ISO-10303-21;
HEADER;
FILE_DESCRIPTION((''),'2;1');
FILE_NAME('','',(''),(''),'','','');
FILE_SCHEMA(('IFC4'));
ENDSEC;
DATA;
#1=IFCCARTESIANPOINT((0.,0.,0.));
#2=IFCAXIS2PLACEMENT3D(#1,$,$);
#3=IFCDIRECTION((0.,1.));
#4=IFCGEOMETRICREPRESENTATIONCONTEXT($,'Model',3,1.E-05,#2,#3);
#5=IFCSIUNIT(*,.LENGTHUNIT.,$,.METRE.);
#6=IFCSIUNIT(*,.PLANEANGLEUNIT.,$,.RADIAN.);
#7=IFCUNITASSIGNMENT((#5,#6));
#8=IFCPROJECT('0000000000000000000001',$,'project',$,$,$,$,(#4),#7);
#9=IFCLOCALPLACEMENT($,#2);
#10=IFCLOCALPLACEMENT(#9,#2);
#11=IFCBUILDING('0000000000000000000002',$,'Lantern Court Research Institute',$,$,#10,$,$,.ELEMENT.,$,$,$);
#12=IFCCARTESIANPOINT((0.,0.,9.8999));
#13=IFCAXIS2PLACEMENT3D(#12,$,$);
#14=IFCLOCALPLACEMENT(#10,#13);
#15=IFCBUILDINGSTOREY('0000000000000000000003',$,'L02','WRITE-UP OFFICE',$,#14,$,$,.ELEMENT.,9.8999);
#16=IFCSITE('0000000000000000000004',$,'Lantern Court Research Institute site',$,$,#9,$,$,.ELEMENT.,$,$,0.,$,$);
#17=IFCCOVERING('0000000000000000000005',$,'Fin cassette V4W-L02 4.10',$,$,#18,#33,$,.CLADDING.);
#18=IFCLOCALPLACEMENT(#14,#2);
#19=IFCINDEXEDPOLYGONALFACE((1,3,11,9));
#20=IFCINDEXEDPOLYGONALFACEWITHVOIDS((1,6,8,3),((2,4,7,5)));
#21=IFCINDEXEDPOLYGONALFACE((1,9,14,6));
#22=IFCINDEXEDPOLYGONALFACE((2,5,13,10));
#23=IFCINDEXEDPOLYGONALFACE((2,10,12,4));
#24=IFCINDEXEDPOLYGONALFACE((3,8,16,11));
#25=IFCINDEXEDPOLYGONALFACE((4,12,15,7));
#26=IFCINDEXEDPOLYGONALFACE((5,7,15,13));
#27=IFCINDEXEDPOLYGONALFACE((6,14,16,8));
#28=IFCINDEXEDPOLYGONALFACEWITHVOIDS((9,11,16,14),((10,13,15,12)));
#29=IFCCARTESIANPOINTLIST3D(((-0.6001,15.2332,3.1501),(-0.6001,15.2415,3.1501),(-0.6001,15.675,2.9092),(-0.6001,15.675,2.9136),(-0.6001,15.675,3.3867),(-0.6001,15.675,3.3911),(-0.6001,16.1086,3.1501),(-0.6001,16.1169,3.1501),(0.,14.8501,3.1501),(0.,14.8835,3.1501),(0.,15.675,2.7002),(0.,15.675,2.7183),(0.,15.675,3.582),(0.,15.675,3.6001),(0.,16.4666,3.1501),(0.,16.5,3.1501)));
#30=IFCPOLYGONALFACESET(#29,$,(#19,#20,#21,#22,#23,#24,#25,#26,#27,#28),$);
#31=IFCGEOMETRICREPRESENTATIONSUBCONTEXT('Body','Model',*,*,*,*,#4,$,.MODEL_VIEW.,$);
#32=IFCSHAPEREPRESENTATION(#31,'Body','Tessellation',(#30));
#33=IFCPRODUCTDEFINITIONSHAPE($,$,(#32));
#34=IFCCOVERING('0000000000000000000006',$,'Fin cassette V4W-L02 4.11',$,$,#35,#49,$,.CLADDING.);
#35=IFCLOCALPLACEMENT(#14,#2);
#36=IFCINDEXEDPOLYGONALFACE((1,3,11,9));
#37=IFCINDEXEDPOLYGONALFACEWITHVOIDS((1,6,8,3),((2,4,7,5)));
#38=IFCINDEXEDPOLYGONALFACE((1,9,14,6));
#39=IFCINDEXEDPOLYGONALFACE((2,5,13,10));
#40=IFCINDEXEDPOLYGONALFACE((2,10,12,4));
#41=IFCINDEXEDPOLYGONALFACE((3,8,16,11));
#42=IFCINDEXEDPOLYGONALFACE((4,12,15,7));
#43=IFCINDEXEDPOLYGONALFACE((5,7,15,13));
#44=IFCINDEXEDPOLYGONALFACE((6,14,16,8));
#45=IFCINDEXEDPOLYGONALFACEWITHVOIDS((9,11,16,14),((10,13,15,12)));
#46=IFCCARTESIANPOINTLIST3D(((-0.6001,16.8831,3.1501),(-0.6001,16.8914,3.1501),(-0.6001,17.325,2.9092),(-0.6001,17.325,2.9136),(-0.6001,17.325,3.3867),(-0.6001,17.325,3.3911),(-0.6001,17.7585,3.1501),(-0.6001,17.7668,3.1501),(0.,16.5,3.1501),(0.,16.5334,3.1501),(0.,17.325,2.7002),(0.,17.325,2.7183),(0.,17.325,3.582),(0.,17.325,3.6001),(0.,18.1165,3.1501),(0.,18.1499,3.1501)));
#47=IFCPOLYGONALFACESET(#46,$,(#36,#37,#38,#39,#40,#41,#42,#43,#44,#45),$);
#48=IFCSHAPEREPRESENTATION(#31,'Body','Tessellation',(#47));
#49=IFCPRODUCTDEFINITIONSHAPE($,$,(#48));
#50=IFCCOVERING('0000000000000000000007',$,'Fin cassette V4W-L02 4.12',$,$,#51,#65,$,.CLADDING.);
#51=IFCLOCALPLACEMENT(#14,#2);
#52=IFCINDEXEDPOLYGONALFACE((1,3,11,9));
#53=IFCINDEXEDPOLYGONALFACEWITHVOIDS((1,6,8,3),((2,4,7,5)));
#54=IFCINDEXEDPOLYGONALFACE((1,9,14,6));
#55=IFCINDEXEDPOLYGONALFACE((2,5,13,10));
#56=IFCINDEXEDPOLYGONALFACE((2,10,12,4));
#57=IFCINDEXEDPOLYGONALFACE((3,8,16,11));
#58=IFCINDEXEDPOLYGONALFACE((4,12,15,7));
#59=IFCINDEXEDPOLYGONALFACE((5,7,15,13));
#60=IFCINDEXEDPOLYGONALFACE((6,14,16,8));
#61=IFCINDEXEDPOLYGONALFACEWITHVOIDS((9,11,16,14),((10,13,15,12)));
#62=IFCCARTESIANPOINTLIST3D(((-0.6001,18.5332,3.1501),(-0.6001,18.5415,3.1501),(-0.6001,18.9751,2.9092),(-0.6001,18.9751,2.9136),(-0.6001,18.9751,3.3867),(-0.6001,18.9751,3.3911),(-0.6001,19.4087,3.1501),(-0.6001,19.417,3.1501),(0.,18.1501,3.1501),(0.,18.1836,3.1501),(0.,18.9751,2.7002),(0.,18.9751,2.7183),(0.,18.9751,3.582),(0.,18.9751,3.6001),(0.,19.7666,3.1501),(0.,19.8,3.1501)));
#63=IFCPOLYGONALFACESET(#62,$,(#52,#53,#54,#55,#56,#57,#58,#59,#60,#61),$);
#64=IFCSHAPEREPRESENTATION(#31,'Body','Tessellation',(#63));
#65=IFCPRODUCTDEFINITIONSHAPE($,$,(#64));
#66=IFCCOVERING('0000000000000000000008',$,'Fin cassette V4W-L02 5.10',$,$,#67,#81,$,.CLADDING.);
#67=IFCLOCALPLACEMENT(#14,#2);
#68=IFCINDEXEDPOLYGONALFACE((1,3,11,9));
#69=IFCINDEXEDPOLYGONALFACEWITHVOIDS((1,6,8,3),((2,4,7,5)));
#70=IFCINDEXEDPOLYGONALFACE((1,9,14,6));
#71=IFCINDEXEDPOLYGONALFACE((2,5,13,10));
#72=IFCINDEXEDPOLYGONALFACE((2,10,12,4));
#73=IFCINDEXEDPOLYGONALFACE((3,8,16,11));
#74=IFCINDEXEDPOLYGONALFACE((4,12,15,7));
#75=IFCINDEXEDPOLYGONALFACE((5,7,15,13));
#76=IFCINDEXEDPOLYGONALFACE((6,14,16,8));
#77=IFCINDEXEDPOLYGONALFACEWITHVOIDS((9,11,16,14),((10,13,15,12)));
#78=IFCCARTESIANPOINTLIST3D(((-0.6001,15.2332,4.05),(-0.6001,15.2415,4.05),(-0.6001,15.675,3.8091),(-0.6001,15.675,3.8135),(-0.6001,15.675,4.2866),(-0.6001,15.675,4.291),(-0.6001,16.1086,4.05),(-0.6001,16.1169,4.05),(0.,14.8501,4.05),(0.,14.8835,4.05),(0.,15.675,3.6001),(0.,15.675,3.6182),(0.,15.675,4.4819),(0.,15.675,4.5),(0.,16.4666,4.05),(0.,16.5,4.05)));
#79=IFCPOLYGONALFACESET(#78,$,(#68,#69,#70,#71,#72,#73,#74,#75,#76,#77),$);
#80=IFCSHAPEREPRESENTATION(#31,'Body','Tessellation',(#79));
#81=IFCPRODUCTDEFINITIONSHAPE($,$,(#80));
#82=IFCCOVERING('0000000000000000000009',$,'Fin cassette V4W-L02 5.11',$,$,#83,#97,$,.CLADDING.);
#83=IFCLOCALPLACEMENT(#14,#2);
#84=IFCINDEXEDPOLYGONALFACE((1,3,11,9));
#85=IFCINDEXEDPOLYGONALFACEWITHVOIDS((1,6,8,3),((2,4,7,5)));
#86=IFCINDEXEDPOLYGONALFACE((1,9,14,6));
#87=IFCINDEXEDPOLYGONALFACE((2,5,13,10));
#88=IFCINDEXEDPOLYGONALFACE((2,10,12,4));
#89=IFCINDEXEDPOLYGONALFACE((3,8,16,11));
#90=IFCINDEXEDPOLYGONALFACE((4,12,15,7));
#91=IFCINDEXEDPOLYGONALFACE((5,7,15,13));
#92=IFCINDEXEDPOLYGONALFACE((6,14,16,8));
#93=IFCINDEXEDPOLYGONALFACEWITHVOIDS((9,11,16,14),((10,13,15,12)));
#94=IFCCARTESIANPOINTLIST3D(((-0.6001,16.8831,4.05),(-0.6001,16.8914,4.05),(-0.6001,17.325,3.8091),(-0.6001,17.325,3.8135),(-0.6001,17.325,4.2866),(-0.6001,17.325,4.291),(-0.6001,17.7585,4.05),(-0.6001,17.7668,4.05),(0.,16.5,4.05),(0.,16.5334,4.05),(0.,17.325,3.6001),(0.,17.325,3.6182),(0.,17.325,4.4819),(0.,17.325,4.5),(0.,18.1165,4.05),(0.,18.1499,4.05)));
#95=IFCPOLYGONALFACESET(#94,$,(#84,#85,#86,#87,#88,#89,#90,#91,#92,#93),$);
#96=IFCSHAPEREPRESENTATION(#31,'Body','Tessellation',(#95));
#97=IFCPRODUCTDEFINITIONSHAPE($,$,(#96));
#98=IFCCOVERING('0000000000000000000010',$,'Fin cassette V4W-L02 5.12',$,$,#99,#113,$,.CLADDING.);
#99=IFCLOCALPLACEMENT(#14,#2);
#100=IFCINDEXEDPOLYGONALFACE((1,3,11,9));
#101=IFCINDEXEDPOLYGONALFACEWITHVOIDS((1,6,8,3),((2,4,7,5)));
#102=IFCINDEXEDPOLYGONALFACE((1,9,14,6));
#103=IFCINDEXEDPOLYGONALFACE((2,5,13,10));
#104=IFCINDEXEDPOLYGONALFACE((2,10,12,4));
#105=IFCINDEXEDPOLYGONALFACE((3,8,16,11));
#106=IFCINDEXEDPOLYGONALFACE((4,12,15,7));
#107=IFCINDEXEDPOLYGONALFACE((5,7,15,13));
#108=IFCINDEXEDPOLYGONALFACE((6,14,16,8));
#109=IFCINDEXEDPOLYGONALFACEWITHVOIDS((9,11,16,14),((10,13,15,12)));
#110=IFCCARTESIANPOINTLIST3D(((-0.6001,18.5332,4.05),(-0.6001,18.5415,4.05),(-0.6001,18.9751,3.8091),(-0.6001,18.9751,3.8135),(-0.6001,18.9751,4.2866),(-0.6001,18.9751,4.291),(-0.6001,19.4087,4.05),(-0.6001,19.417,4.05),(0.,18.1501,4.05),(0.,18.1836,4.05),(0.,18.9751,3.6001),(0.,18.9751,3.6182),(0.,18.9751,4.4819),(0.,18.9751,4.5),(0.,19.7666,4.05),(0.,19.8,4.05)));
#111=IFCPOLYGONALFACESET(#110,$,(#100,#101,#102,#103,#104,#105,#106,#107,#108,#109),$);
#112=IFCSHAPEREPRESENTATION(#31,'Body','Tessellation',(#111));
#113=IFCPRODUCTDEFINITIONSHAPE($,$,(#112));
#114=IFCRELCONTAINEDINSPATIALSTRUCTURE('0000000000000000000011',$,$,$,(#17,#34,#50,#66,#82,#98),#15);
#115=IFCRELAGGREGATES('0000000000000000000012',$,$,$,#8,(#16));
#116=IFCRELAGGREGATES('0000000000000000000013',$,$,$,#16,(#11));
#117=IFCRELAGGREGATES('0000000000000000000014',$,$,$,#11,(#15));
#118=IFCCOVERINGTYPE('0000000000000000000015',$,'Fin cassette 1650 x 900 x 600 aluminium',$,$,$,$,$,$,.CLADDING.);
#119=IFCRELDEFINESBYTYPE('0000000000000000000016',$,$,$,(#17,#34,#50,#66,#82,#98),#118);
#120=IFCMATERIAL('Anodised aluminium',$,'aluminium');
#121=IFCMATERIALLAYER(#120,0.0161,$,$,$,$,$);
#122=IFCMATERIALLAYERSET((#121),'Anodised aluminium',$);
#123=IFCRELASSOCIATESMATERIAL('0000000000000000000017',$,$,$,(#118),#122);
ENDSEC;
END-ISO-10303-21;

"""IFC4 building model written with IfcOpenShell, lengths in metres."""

from ifc_helpers import new_model, entity, si_unit, direction, frame, origin, place, context, subcontext, project, spatial, material, layer, layer_set, type_object, element, save


model = new_model("IFC4")

# Units and contexts
model_context = context("Model", 3, precision=1e-05, world=origin(), true_north=direction((0.0, 1.0)))
body_context = subcontext(model_context, "Body", "Model", "MODEL_VIEW")
ifc_project = project(units=[si_unit("LENGTHUNIT", "METRE"), si_unit("PLANEANGLEUNIT", "RADIAN")], contexts=[model_context])

# Site, building, storey
site_placement = place(None, origin())
site = spatial("IfcSite", under=ifc_project, at=site_placement, Name="Lantern Court Research Institute site", CompositionType="ELEMENT", RefElevation=0.0)
building_placement = place(site_placement, origin())
building = spatial("IfcBuilding", under=site, at=building_placement, Name="Lantern Court Research Institute", CompositionType="ELEMENT")
storey_placement = place(building_placement, frame((0.0, 0.0, 9.8999)))
storey = spatial("IfcBuildingStorey", under=building, at=storey_placement, Name="L02", Description="WRITE-UP OFFICE", CompositionType="ELEMENT", Elevation=9.8999)

# Coverings
ifc_material_1 = material(Name="Anodised aluminium", Category="aluminium")
ifc_layer_1 = layer(ifc_material_1, 0.0161)
ifc_layer_set_1 = layer_set([ifc_layer_1], Name="Anodised aluminium")
covering_type = type_object("IfcCoveringType", Name="Fin cassette 1650 x 900 x 600 aluminium", PredefinedType="CLADDING", material=ifc_layer_set_1)
covering_1_placement = place(storey_placement, frame((0.0, 15.675, 3.1501), z_axis=(-1.0, 0.0, 0.0), x_axis=(0.0, -1.0, 0.0)))
cartesian_point_1 = entity("IfcCartesianPoint", [0.825, 0.0])
cartesian_point_2 = entity("IfcCartesianPoint", [0.7915, 0.0])
cartesian_point_3 = entity("IfcCartesianPoint", [0.4419, 0.0])
cartesian_point_4 = entity("IfcCartesianPoint", [0.4336, 0.0])
element("IfcCovering", 1, at=covering_1_placement, inside=storey, type_object=covering_type, Name="Fin cassette V4W-L02 4.10", PredefinedType="CLADDING", context=body_context, shape_type="SweptSolid", body=[
    entity("IfcExtrudedAreaSolidTapered", entity("IfcArbitraryProfileDefWithVoids", "AREA", None, entity("IfcPolyline", [cartesian_point_1, entity("IfcCartesianPoint", [0.0, 0.45]), entity("IfcCartesianPoint", [-0.825, 0.0]), entity("IfcCartesianPoint", [0.0, -0.45]), cartesian_point_1]), [entity("IfcPolyline", [cartesian_point_2, entity("IfcCartesianPoint", [0.0, 0.4319]), entity("IfcCartesianPoint", [-0.7915, 0.0]), entity("IfcCartesianPoint", [0.0, -0.4319]), cartesian_point_2])]), entity("IfcAxis2Placement3D", entity("IfcCartesianPoint", [0.0, 0.0, 0.0])), entity("IfcDirection", [0.0, 0.0, 1.0]), 0.6001, entity("IfcArbitraryProfileDefWithVoids", "AREA", None, entity("IfcPolyline", [cartesian_point_3, entity("IfcCartesianPoint", [0.0, 0.241]), entity("IfcCartesianPoint", [-0.4419, 0.0]), entity("IfcCartesianPoint", [0.0, -0.241]), cartesian_point_3]), [entity("IfcPolyline", [cartesian_point_4, entity("IfcCartesianPoint", [0.0, 0.2366]), entity("IfcCartesianPoint", [-0.4336, 0.0]), entity("IfcCartesianPoint", [0.0, -0.2366]), cartesian_point_4])])),
])
covering_2_placement = place(storey_placement, frame((0.0, 17.325, 3.1501), z_axis=(-1.0, 0.0, 0.0), x_axis=(0.0, -1.0, 0.0)))
cartesian_point_5 = entity("IfcCartesianPoint", [0.825, 0.0])
cartesian_point_6 = entity("IfcCartesianPoint", [0.7915, 0.0])
cartesian_point_7 = entity("IfcCartesianPoint", [0.4419, 0.0])
cartesian_point_8 = entity("IfcCartesianPoint", [0.4336, 0.0])
element("IfcCovering", 2, at=covering_2_placement, inside=storey, type_object=covering_type, Name="Fin cassette V4W-L02 4.11", PredefinedType="CLADDING", context=body_context, shape_type="SweptSolid", body=[
    entity("IfcExtrudedAreaSolidTapered", entity("IfcArbitraryProfileDefWithVoids", "AREA", None, entity("IfcPolyline", [cartesian_point_5, entity("IfcCartesianPoint", [0.0, 0.45]), entity("IfcCartesianPoint", [-0.825, 0.0]), entity("IfcCartesianPoint", [0.0, -0.45]), cartesian_point_5]), [entity("IfcPolyline", [cartesian_point_6, entity("IfcCartesianPoint", [0.0, 0.4319]), entity("IfcCartesianPoint", [-0.7915, 0.0]), entity("IfcCartesianPoint", [0.0, -0.4319]), cartesian_point_6])]), entity("IfcAxis2Placement3D", entity("IfcCartesianPoint", [0.0, 0.0, 0.0])), entity("IfcDirection", [0.0, 0.0, 1.0]), 0.6001, entity("IfcArbitraryProfileDefWithVoids", "AREA", None, entity("IfcPolyline", [cartesian_point_7, entity("IfcCartesianPoint", [0.0, 0.241]), entity("IfcCartesianPoint", [-0.4419, 0.0]), entity("IfcCartesianPoint", [0.0, -0.241]), cartesian_point_7]), [entity("IfcPolyline", [cartesian_point_8, entity("IfcCartesianPoint", [0.0, 0.2366]), entity("IfcCartesianPoint", [-0.4336, 0.0]), entity("IfcCartesianPoint", [0.0, -0.2366]), cartesian_point_8])])),
])
covering_3_placement = place(storey_placement, frame((0.0, 18.9751, 3.1501), z_axis=(-1.0, 0.0, 0.0), x_axis=(0.0, -1.0, 0.0)))
cartesian_point_9 = entity("IfcCartesianPoint", [0.825, 0.0])
cartesian_point_10 = entity("IfcCartesianPoint", [0.7915, 0.0])
cartesian_point_11 = entity("IfcCartesianPoint", [0.4419, 0.0])
cartesian_point_12 = entity("IfcCartesianPoint", [0.4336, 0.0])
element("IfcCovering", 3, at=covering_3_placement, inside=storey, type_object=covering_type, Name="Fin cassette V4W-L02 4.12", PredefinedType="CLADDING", context=body_context, shape_type="SweptSolid", body=[
    entity("IfcExtrudedAreaSolidTapered", entity("IfcArbitraryProfileDefWithVoids", "AREA", None, entity("IfcPolyline", [cartesian_point_9, entity("IfcCartesianPoint", [0.0, 0.45]), entity("IfcCartesianPoint", [-0.825, 0.0]), entity("IfcCartesianPoint", [0.0, -0.45]), cartesian_point_9]), [entity("IfcPolyline", [cartesian_point_10, entity("IfcCartesianPoint", [0.0, 0.4319]), entity("IfcCartesianPoint", [-0.7915, 0.0]), entity("IfcCartesianPoint", [0.0, -0.4319]), cartesian_point_10])]), entity("IfcAxis2Placement3D", entity("IfcCartesianPoint", [0.0, 0.0, 0.0])), entity("IfcDirection", [0.0, 0.0, 1.0]), 0.6001, entity("IfcArbitraryProfileDefWithVoids", "AREA", None, entity("IfcPolyline", [cartesian_point_11, entity("IfcCartesianPoint", [0.0, 0.241]), entity("IfcCartesianPoint", [-0.4419, 0.0]), entity("IfcCartesianPoint", [0.0, -0.241]), cartesian_point_11]), [entity("IfcPolyline", [cartesian_point_12, entity("IfcCartesianPoint", [0.0, 0.2366]), entity("IfcCartesianPoint", [-0.4336, 0.0]), entity("IfcCartesianPoint", [0.0, -0.2366]), cartesian_point_12])])),
])
covering_4_placement = place(storey_placement, frame((0.0, 15.675, 4.05), z_axis=(-1.0, 0.0, 0.0), x_axis=(0.0, -1.0, 0.0)))
cartesian_point_13 = entity("IfcCartesianPoint", [0.825, 0.0])
cartesian_point_14 = entity("IfcCartesianPoint", [0.7915, 0.0])
cartesian_point_15 = entity("IfcCartesianPoint", [0.4419, 0.0])
cartesian_point_16 = entity("IfcCartesianPoint", [0.4336, 0.0])
element("IfcCovering", 4, at=covering_4_placement, inside=storey, type_object=covering_type, Name="Fin cassette V4W-L02 5.10", PredefinedType="CLADDING", context=body_context, shape_type="SweptSolid", body=[
    entity("IfcExtrudedAreaSolidTapered", entity("IfcArbitraryProfileDefWithVoids", "AREA", None, entity("IfcPolyline", [cartesian_point_13, entity("IfcCartesianPoint", [0.0, 0.45]), entity("IfcCartesianPoint", [-0.825, 0.0]), entity("IfcCartesianPoint", [0.0, -0.45]), cartesian_point_13]), [entity("IfcPolyline", [cartesian_point_14, entity("IfcCartesianPoint", [0.0, 0.4319]), entity("IfcCartesianPoint", [-0.7915, 0.0]), entity("IfcCartesianPoint", [0.0, -0.4319]), cartesian_point_14])]), entity("IfcAxis2Placement3D", entity("IfcCartesianPoint", [0.0, 0.0, 0.0])), entity("IfcDirection", [0.0, 0.0, 1.0]), 0.6001, entity("IfcArbitraryProfileDefWithVoids", "AREA", None, entity("IfcPolyline", [cartesian_point_15, entity("IfcCartesianPoint", [0.0, 0.241]), entity("IfcCartesianPoint", [-0.4419, 0.0]), entity("IfcCartesianPoint", [0.0, -0.241]), cartesian_point_15]), [entity("IfcPolyline", [cartesian_point_16, entity("IfcCartesianPoint", [0.0, 0.2366]), entity("IfcCartesianPoint", [-0.4336, 0.0]), entity("IfcCartesianPoint", [0.0, -0.2366]), cartesian_point_16])])),
])
covering_5_placement = place(storey_placement, frame((0.0, 17.325, 4.05), z_axis=(-1.0, 0.0, 0.0), x_axis=(0.0, -1.0, 0.0)))
cartesian_point_17 = entity("IfcCartesianPoint", [0.825, 0.0])
cartesian_point_18 = entity("IfcCartesianPoint", [0.7915, 0.0])
cartesian_point_19 = entity("IfcCartesianPoint", [0.4419, 0.0])
cartesian_point_20 = entity("IfcCartesianPoint", [0.4336, 0.0])
element("IfcCovering", 5, at=covering_5_placement, inside=storey, type_object=covering_type, Name="Fin cassette V4W-L02 5.11", PredefinedType="CLADDING", context=body_context, shape_type="SweptSolid", body=[
    entity("IfcExtrudedAreaSolidTapered", entity("IfcArbitraryProfileDefWithVoids", "AREA", None, entity("IfcPolyline", [cartesian_point_17, entity("IfcCartesianPoint", [0.0, 0.45]), entity("IfcCartesianPoint", [-0.825, 0.0]), entity("IfcCartesianPoint", [0.0, -0.45]), cartesian_point_17]), [entity("IfcPolyline", [cartesian_point_18, entity("IfcCartesianPoint", [0.0, 0.4319]), entity("IfcCartesianPoint", [-0.7915, 0.0]), entity("IfcCartesianPoint", [0.0, -0.4319]), cartesian_point_18])]), entity("IfcAxis2Placement3D", entity("IfcCartesianPoint", [0.0, 0.0, 0.0])), entity("IfcDirection", [0.0, 0.0, 1.0]), 0.6001, entity("IfcArbitraryProfileDefWithVoids", "AREA", None, entity("IfcPolyline", [cartesian_point_19, entity("IfcCartesianPoint", [0.0, 0.241]), entity("IfcCartesianPoint", [-0.4419, 0.0]), entity("IfcCartesianPoint", [0.0, -0.241]), cartesian_point_19]), [entity("IfcPolyline", [cartesian_point_20, entity("IfcCartesianPoint", [0.0, 0.2366]), entity("IfcCartesianPoint", [-0.4336, 0.0]), entity("IfcCartesianPoint", [0.0, -0.2366]), cartesian_point_20])])),
])
covering_6_placement = place(storey_placement, frame((0.0, 18.9751, 4.05), z_axis=(-1.0, 0.0, 0.0), x_axis=(0.0, -1.0, 0.0)))
cartesian_point_21 = entity("IfcCartesianPoint", [0.825, 0.0])
cartesian_point_22 = entity("IfcCartesianPoint", [0.7915, 0.0])
cartesian_point_23 = entity("IfcCartesianPoint", [0.4419, 0.0])
cartesian_point_24 = entity("IfcCartesianPoint", [0.4336, 0.0])
element("IfcCovering", 6, at=covering_6_placement, inside=storey, type_object=covering_type, Name="Fin cassette V4W-L02 5.12", PredefinedType="CLADDING", context=body_context, shape_type="SweptSolid", body=[
    entity("IfcExtrudedAreaSolidTapered", entity("IfcArbitraryProfileDefWithVoids", "AREA", None, entity("IfcPolyline", [cartesian_point_21, entity("IfcCartesianPoint", [0.0, 0.45]), entity("IfcCartesianPoint", [-0.825, 0.0]), entity("IfcCartesianPoint", [0.0, -0.45]), cartesian_point_21]), [entity("IfcPolyline", [cartesian_point_22, entity("IfcCartesianPoint", [0.0, 0.4319]), entity("IfcCartesianPoint", [-0.7915, 0.0]), entity("IfcCartesianPoint", [0.0, -0.4319]), cartesian_point_22])]), entity("IfcAxis2Placement3D", entity("IfcCartesianPoint", [0.0, 0.0, 0.0])), entity("IfcDirection", [0.0, 0.0, 1.0]), 0.6001, entity("IfcArbitraryProfileDefWithVoids", "AREA", None, entity("IfcPolyline", [cartesian_point_23, entity("IfcCartesianPoint", [0.0, 0.241]), entity("IfcCartesianPoint", [-0.4419, 0.0]), entity("IfcCartesianPoint", [0.0, -0.241]), cartesian_point_23]), [entity("IfcPolyline", [cartesian_point_24, entity("IfcCartesianPoint", [0.0, 0.2366]), entity("IfcCartesianPoint", [-0.4336, 0.0]), entity("IfcCartesianPoint", [0.0, -0.2366]), cartesian_point_24])])),
])

save(model, "model.ifc")
